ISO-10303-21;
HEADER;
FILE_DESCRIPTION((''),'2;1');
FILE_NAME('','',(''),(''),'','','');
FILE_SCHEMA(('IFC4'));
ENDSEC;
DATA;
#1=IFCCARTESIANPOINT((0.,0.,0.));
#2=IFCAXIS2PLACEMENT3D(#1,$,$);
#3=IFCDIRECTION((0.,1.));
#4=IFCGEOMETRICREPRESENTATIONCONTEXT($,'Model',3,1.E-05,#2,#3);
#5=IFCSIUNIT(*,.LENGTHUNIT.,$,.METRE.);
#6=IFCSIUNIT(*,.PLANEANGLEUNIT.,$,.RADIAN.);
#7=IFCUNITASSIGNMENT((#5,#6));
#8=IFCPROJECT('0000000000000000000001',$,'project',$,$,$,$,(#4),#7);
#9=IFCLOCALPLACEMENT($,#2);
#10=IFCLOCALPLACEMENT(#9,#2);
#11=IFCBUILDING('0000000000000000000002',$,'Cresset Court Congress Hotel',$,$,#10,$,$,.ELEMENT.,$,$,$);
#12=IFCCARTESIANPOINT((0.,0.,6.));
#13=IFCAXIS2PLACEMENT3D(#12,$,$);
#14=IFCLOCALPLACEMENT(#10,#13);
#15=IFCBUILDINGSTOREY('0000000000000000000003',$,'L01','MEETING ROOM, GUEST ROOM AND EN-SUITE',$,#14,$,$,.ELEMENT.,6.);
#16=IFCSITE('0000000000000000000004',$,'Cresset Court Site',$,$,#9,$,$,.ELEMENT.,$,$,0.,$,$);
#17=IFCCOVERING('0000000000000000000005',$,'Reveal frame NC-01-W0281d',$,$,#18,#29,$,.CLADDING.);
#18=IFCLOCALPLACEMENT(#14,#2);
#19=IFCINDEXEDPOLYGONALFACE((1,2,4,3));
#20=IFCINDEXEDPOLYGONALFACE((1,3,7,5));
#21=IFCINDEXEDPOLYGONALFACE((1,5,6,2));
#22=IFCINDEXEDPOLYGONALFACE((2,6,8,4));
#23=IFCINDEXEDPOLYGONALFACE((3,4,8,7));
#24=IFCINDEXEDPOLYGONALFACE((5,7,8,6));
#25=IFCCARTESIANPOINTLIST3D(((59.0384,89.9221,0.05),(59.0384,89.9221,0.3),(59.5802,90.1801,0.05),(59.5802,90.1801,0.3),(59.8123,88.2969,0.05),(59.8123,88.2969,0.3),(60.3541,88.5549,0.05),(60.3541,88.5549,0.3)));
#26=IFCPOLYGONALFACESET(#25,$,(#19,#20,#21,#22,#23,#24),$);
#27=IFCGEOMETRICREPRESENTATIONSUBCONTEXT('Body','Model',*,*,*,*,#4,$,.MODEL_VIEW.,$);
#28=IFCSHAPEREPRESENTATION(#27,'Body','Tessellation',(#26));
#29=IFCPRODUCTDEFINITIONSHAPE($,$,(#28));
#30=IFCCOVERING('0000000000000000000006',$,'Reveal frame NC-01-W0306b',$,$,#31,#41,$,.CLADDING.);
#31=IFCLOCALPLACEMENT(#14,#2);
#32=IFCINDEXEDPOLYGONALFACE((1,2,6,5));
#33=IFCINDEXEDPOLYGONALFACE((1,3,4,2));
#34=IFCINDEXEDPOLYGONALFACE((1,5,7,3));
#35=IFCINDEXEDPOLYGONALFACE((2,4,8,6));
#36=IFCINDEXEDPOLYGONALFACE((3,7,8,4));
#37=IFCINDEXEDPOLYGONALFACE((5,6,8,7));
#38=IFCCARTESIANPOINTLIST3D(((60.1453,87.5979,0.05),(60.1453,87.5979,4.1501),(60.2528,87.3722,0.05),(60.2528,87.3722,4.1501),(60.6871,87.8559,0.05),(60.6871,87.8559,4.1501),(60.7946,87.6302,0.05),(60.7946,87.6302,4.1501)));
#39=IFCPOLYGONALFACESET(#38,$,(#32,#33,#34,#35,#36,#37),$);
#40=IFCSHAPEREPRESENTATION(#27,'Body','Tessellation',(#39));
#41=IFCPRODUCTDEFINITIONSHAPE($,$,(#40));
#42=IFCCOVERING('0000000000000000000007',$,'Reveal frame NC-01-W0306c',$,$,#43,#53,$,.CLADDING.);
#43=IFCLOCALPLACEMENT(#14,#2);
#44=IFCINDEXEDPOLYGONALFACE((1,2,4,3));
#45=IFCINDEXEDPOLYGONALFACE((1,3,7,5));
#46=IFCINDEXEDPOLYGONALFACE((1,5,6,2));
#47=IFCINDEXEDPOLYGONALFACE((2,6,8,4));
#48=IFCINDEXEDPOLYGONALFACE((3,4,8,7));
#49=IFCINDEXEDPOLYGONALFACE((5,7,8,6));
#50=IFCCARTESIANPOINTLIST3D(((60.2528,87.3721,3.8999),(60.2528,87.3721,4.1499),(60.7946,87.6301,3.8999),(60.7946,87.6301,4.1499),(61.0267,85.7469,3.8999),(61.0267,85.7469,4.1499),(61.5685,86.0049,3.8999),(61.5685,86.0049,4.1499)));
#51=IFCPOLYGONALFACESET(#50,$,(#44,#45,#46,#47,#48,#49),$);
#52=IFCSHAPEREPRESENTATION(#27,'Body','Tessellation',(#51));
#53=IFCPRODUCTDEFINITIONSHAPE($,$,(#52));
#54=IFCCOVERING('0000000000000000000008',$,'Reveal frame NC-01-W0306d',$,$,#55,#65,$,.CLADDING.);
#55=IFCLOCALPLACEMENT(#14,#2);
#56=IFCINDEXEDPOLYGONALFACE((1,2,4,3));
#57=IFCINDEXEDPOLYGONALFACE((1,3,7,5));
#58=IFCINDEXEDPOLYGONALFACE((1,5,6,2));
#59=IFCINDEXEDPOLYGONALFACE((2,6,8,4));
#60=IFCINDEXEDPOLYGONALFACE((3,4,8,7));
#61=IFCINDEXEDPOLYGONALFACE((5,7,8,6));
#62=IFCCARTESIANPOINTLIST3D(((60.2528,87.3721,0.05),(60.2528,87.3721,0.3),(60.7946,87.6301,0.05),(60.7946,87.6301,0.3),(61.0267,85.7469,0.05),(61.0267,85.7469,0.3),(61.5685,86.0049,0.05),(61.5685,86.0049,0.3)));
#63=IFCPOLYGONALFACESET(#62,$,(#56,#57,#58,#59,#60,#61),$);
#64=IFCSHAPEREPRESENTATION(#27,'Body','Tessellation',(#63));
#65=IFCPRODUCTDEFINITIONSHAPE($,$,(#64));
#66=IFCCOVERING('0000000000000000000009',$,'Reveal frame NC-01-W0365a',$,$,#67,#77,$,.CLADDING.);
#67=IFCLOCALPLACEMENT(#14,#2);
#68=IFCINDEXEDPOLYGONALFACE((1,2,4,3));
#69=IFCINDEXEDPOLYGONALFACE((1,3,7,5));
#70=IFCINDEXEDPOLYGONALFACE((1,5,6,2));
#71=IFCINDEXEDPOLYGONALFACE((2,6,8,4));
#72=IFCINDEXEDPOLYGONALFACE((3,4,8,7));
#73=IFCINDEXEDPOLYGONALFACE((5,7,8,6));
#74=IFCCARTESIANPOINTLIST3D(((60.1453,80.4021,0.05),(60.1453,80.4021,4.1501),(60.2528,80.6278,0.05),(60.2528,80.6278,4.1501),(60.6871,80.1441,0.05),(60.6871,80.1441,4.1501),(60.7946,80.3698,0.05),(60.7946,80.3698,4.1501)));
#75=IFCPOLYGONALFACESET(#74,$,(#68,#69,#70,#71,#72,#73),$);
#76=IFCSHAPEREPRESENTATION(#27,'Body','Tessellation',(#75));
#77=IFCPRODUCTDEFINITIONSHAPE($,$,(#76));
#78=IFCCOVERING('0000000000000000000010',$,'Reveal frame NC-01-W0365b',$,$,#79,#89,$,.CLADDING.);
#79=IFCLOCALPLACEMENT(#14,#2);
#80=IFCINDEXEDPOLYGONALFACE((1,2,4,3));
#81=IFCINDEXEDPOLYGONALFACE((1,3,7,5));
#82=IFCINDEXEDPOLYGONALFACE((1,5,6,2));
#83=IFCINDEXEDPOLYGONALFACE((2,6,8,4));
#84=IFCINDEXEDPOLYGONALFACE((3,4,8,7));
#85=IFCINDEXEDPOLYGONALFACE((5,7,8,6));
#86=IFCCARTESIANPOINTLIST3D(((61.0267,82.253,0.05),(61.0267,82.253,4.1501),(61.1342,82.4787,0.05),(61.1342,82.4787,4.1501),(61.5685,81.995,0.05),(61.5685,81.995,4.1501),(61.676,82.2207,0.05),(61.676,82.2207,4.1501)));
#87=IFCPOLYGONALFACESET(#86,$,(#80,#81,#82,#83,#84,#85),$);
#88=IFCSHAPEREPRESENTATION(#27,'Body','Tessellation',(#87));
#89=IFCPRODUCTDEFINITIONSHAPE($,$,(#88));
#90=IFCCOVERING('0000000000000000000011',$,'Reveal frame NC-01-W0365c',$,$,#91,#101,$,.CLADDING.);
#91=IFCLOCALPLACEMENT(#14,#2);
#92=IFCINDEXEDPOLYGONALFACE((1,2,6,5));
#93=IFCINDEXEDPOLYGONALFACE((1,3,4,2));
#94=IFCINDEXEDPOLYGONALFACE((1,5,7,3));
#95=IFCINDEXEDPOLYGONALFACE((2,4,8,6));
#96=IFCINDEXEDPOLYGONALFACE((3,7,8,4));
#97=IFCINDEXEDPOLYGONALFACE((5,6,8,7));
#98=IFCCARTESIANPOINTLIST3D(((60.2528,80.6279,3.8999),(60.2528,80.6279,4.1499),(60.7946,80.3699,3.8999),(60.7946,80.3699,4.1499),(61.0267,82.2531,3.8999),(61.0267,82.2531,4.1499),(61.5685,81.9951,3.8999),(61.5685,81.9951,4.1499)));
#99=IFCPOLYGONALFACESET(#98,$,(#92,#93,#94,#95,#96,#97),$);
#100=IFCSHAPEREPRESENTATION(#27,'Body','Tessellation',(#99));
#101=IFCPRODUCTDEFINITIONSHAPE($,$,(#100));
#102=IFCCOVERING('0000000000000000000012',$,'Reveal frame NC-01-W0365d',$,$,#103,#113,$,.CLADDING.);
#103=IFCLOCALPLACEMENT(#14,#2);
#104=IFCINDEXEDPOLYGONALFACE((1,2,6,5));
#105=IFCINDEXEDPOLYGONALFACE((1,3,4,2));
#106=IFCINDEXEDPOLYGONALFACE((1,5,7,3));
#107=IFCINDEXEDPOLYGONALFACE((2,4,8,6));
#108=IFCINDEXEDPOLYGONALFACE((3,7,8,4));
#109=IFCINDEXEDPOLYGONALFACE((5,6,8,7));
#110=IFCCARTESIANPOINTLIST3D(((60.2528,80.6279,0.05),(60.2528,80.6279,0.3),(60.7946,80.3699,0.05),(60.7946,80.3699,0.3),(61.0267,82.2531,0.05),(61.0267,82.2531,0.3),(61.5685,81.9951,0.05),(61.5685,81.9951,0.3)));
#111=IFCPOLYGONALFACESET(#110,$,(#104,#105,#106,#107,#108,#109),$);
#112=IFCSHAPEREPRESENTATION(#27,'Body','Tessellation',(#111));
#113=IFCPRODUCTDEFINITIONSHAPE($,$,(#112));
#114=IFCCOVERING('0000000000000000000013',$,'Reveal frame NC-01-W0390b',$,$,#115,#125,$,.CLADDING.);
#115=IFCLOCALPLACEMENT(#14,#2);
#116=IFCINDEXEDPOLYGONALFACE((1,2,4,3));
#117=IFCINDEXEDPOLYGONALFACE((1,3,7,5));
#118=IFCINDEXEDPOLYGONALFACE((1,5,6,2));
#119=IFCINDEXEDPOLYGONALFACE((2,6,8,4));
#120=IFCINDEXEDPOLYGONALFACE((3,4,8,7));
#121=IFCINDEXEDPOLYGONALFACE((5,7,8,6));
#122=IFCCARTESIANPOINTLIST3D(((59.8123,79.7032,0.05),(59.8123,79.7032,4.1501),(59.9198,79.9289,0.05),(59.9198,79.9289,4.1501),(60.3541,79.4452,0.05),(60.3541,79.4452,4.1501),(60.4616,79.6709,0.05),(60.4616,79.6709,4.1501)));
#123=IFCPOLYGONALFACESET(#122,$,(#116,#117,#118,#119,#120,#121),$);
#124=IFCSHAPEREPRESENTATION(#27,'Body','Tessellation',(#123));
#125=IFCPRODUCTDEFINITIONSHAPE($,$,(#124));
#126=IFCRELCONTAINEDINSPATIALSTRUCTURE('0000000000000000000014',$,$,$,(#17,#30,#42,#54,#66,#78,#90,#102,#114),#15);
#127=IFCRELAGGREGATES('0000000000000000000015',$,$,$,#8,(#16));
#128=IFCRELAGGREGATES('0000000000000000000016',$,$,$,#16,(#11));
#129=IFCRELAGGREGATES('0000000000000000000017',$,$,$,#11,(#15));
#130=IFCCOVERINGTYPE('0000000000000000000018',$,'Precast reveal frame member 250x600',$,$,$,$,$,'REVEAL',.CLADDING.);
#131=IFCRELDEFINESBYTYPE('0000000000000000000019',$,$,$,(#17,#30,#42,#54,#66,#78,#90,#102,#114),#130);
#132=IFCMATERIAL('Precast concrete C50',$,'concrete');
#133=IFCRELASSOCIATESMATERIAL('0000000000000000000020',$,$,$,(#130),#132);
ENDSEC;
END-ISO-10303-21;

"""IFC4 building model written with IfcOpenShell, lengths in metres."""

from ifc_helpers import new_model, si_unit, direction, frame, origin, origin_2d, place, context, subcontext, project, spatial, rectangle, extrude, material, type_object, element, save


model = new_model("IFC4")

# Units and contexts
model_context = context("Model", 3, precision=1e-05, world=origin(), true_north=direction((0.0, 1.0)))
body_context = subcontext(model_context, "Body", "Model", "MODEL_VIEW")
ifc_project = project(units=[si_unit("LENGTHUNIT", "METRE"), si_unit("PLANEANGLEUNIT", "RADIAN")], contexts=[model_context])

# Site, building, storey
site_placement = place(None, origin())
site = spatial("IfcSite", under=ifc_project, at=site_placement, Name="Cresset Court Site", CompositionType="ELEMENT", RefElevation=0.0)
building_placement = place(site_placement, origin())
building = spatial("IfcBuilding", under=site, at=building_placement, Name="Cresset Court Congress Hotel", CompositionType="ELEMENT")
storey_placement = place(building_placement, frame((0.0, 0.0, 6.0)))
storey = spatial("IfcBuildingStorey", under=building, at=storey_placement, Name="L01", Description="MEETING ROOM, GUEST ROOM AND EN-SUITE", CompositionType="ELEMENT", Elevation=6.0)

# Coverings
ifc_material_1 = material(Name="Precast concrete C50", Category="concrete")
covering_type = type_object("IfcCoveringType", Name="Precast reveal frame member 250x600", ElementType="REVEAL", PredefinedType="CLADDING", material=ifc_material_1)
for number, where, z_axis, x_axis, name in (
    (1, (59.6963, 89.2385, 0.05), (0.0, 0.0, 1.0), (-0.429933, 0.902861, 0.0), "Reveal frame NC-01-W0281d"),
):
    element("IfcCovering", number, at=place(storey_placement, frame(where, z_axis=z_axis, x_axis=x_axis)), inside=storey, type_object=covering_type, Name=name, PredefinedType="CLADDING", context=body_context, shape_type="SweptSolid", body=[
        extrude(rectangle(XDim=1.8, YDim=0.6001, at=origin_2d()), origin(), (0.0, 0.0, 1.0), 0.25),
    ])
covering_1_placement = place(storey_placement, frame((60.47, 87.614, 0.05), z_axis=(0.0, 0.0, 1.0), x_axis=(-0.429933, 0.902861, 0.0)))
element("IfcCovering", 2, at=covering_1_placement, inside=storey, type_object=covering_type, Name="Reveal frame NC-01-W0306b", PredefinedType="CLADDING", context=body_context, shape_type="SweptSolid", body=[
    extrude(rectangle(XDim=0.25, YDim=0.6001, at=origin_2d()), origin(), (0.0, 0.0, 1.0), 4.1001),
])
for number, where, z_axis, x_axis, name in (
    (3, (60.9106, 86.6885, 3.8999), (0.0, 0.0, 1.0), (-0.429933, 0.902861, 0.0), "Reveal frame NC-01-W0306c"),
    (4, (60.9106, 86.6885, 0.05), (0.0, 0.0, 1.0), (-0.429933, 0.902861, 0.0), "Reveal frame NC-01-W0306d"),
):
    element("IfcCovering", number, at=place(storey_placement, frame(where, z_axis=z_axis, x_axis=x_axis)), inside=storey, type_object=covering_type, Name=name, PredefinedType="CLADDING", context=body_context, shape_type="SweptSolid", body=[
        extrude(rectangle(XDim=1.8, YDim=0.6001, at=origin_2d()), origin(), (0.0, 0.0, 1.0), 0.25),
    ])
for number, where, z_axis, x_axis, name in (
    (5, (60.47, 80.386, 0.05), (0.0, 0.0, 1.0), (0.429933, 0.902861, 0.0), "Reveal frame NC-01-W0365a"),
    (6, (61.3513, 82.2368, 0.05), (0.0, 0.0, 1.0), (0.429933, 0.902861, 0.0), "Reveal frame NC-01-W0365b"),
):
    element("IfcCovering", number, at=place(storey_placement, frame(where, z_axis=z_axis, x_axis=x_axis)), inside=storey, type_object=covering_type, Name=name, PredefinedType="CLADDING", context=body_context, shape_type="SweptSolid", body=[
        extrude(rectangle(XDim=0.25, YDim=0.6001, at=origin_2d()), origin(), (0.0, 0.0, 1.0), 4.1001),
    ])
for number, where, z_axis, x_axis, name in (
    (7, (60.9106, 81.3115, 3.8999), (0.0, 0.0, 1.0), (0.429933, 0.902861, 0.0), "Reveal frame NC-01-W0365c"),
    (8, (60.9106, 81.3115, 0.05), (0.0, 0.0, 1.0), (0.429933, 0.902861, 0.0), "Reveal frame NC-01-W0365d"),
):
    element("IfcCovering", number, at=place(storey_placement, frame(where, z_axis=z_axis, x_axis=x_axis)), inside=storey, type_object=covering_type, Name=name, PredefinedType="CLADDING", context=body_context, shape_type="SweptSolid", body=[
        extrude(rectangle(XDim=1.8, YDim=0.6001, at=origin_2d()), origin(), (0.0, 0.0, 1.0), 0.25),
    ])
covering_2_placement = place(storey_placement, frame((60.137, 79.687, 0.05), z_axis=(0.0, 0.0, 1.0), x_axis=(0.429933, 0.902861, 0.0)))
element("IfcCovering", 9, at=covering_2_placement, inside=storey, type_object=covering_type, Name="Reveal frame NC-01-W0390b", PredefinedType="CLADDING", context=body_context, shape_type="SweptSolid", body=[
    extrude(rectangle(XDim=0.25, YDim=0.6001, at=origin_2d()), origin(), (0.0, 0.0, 1.0), 4.1001),
])

save(model, "model.ifc")
